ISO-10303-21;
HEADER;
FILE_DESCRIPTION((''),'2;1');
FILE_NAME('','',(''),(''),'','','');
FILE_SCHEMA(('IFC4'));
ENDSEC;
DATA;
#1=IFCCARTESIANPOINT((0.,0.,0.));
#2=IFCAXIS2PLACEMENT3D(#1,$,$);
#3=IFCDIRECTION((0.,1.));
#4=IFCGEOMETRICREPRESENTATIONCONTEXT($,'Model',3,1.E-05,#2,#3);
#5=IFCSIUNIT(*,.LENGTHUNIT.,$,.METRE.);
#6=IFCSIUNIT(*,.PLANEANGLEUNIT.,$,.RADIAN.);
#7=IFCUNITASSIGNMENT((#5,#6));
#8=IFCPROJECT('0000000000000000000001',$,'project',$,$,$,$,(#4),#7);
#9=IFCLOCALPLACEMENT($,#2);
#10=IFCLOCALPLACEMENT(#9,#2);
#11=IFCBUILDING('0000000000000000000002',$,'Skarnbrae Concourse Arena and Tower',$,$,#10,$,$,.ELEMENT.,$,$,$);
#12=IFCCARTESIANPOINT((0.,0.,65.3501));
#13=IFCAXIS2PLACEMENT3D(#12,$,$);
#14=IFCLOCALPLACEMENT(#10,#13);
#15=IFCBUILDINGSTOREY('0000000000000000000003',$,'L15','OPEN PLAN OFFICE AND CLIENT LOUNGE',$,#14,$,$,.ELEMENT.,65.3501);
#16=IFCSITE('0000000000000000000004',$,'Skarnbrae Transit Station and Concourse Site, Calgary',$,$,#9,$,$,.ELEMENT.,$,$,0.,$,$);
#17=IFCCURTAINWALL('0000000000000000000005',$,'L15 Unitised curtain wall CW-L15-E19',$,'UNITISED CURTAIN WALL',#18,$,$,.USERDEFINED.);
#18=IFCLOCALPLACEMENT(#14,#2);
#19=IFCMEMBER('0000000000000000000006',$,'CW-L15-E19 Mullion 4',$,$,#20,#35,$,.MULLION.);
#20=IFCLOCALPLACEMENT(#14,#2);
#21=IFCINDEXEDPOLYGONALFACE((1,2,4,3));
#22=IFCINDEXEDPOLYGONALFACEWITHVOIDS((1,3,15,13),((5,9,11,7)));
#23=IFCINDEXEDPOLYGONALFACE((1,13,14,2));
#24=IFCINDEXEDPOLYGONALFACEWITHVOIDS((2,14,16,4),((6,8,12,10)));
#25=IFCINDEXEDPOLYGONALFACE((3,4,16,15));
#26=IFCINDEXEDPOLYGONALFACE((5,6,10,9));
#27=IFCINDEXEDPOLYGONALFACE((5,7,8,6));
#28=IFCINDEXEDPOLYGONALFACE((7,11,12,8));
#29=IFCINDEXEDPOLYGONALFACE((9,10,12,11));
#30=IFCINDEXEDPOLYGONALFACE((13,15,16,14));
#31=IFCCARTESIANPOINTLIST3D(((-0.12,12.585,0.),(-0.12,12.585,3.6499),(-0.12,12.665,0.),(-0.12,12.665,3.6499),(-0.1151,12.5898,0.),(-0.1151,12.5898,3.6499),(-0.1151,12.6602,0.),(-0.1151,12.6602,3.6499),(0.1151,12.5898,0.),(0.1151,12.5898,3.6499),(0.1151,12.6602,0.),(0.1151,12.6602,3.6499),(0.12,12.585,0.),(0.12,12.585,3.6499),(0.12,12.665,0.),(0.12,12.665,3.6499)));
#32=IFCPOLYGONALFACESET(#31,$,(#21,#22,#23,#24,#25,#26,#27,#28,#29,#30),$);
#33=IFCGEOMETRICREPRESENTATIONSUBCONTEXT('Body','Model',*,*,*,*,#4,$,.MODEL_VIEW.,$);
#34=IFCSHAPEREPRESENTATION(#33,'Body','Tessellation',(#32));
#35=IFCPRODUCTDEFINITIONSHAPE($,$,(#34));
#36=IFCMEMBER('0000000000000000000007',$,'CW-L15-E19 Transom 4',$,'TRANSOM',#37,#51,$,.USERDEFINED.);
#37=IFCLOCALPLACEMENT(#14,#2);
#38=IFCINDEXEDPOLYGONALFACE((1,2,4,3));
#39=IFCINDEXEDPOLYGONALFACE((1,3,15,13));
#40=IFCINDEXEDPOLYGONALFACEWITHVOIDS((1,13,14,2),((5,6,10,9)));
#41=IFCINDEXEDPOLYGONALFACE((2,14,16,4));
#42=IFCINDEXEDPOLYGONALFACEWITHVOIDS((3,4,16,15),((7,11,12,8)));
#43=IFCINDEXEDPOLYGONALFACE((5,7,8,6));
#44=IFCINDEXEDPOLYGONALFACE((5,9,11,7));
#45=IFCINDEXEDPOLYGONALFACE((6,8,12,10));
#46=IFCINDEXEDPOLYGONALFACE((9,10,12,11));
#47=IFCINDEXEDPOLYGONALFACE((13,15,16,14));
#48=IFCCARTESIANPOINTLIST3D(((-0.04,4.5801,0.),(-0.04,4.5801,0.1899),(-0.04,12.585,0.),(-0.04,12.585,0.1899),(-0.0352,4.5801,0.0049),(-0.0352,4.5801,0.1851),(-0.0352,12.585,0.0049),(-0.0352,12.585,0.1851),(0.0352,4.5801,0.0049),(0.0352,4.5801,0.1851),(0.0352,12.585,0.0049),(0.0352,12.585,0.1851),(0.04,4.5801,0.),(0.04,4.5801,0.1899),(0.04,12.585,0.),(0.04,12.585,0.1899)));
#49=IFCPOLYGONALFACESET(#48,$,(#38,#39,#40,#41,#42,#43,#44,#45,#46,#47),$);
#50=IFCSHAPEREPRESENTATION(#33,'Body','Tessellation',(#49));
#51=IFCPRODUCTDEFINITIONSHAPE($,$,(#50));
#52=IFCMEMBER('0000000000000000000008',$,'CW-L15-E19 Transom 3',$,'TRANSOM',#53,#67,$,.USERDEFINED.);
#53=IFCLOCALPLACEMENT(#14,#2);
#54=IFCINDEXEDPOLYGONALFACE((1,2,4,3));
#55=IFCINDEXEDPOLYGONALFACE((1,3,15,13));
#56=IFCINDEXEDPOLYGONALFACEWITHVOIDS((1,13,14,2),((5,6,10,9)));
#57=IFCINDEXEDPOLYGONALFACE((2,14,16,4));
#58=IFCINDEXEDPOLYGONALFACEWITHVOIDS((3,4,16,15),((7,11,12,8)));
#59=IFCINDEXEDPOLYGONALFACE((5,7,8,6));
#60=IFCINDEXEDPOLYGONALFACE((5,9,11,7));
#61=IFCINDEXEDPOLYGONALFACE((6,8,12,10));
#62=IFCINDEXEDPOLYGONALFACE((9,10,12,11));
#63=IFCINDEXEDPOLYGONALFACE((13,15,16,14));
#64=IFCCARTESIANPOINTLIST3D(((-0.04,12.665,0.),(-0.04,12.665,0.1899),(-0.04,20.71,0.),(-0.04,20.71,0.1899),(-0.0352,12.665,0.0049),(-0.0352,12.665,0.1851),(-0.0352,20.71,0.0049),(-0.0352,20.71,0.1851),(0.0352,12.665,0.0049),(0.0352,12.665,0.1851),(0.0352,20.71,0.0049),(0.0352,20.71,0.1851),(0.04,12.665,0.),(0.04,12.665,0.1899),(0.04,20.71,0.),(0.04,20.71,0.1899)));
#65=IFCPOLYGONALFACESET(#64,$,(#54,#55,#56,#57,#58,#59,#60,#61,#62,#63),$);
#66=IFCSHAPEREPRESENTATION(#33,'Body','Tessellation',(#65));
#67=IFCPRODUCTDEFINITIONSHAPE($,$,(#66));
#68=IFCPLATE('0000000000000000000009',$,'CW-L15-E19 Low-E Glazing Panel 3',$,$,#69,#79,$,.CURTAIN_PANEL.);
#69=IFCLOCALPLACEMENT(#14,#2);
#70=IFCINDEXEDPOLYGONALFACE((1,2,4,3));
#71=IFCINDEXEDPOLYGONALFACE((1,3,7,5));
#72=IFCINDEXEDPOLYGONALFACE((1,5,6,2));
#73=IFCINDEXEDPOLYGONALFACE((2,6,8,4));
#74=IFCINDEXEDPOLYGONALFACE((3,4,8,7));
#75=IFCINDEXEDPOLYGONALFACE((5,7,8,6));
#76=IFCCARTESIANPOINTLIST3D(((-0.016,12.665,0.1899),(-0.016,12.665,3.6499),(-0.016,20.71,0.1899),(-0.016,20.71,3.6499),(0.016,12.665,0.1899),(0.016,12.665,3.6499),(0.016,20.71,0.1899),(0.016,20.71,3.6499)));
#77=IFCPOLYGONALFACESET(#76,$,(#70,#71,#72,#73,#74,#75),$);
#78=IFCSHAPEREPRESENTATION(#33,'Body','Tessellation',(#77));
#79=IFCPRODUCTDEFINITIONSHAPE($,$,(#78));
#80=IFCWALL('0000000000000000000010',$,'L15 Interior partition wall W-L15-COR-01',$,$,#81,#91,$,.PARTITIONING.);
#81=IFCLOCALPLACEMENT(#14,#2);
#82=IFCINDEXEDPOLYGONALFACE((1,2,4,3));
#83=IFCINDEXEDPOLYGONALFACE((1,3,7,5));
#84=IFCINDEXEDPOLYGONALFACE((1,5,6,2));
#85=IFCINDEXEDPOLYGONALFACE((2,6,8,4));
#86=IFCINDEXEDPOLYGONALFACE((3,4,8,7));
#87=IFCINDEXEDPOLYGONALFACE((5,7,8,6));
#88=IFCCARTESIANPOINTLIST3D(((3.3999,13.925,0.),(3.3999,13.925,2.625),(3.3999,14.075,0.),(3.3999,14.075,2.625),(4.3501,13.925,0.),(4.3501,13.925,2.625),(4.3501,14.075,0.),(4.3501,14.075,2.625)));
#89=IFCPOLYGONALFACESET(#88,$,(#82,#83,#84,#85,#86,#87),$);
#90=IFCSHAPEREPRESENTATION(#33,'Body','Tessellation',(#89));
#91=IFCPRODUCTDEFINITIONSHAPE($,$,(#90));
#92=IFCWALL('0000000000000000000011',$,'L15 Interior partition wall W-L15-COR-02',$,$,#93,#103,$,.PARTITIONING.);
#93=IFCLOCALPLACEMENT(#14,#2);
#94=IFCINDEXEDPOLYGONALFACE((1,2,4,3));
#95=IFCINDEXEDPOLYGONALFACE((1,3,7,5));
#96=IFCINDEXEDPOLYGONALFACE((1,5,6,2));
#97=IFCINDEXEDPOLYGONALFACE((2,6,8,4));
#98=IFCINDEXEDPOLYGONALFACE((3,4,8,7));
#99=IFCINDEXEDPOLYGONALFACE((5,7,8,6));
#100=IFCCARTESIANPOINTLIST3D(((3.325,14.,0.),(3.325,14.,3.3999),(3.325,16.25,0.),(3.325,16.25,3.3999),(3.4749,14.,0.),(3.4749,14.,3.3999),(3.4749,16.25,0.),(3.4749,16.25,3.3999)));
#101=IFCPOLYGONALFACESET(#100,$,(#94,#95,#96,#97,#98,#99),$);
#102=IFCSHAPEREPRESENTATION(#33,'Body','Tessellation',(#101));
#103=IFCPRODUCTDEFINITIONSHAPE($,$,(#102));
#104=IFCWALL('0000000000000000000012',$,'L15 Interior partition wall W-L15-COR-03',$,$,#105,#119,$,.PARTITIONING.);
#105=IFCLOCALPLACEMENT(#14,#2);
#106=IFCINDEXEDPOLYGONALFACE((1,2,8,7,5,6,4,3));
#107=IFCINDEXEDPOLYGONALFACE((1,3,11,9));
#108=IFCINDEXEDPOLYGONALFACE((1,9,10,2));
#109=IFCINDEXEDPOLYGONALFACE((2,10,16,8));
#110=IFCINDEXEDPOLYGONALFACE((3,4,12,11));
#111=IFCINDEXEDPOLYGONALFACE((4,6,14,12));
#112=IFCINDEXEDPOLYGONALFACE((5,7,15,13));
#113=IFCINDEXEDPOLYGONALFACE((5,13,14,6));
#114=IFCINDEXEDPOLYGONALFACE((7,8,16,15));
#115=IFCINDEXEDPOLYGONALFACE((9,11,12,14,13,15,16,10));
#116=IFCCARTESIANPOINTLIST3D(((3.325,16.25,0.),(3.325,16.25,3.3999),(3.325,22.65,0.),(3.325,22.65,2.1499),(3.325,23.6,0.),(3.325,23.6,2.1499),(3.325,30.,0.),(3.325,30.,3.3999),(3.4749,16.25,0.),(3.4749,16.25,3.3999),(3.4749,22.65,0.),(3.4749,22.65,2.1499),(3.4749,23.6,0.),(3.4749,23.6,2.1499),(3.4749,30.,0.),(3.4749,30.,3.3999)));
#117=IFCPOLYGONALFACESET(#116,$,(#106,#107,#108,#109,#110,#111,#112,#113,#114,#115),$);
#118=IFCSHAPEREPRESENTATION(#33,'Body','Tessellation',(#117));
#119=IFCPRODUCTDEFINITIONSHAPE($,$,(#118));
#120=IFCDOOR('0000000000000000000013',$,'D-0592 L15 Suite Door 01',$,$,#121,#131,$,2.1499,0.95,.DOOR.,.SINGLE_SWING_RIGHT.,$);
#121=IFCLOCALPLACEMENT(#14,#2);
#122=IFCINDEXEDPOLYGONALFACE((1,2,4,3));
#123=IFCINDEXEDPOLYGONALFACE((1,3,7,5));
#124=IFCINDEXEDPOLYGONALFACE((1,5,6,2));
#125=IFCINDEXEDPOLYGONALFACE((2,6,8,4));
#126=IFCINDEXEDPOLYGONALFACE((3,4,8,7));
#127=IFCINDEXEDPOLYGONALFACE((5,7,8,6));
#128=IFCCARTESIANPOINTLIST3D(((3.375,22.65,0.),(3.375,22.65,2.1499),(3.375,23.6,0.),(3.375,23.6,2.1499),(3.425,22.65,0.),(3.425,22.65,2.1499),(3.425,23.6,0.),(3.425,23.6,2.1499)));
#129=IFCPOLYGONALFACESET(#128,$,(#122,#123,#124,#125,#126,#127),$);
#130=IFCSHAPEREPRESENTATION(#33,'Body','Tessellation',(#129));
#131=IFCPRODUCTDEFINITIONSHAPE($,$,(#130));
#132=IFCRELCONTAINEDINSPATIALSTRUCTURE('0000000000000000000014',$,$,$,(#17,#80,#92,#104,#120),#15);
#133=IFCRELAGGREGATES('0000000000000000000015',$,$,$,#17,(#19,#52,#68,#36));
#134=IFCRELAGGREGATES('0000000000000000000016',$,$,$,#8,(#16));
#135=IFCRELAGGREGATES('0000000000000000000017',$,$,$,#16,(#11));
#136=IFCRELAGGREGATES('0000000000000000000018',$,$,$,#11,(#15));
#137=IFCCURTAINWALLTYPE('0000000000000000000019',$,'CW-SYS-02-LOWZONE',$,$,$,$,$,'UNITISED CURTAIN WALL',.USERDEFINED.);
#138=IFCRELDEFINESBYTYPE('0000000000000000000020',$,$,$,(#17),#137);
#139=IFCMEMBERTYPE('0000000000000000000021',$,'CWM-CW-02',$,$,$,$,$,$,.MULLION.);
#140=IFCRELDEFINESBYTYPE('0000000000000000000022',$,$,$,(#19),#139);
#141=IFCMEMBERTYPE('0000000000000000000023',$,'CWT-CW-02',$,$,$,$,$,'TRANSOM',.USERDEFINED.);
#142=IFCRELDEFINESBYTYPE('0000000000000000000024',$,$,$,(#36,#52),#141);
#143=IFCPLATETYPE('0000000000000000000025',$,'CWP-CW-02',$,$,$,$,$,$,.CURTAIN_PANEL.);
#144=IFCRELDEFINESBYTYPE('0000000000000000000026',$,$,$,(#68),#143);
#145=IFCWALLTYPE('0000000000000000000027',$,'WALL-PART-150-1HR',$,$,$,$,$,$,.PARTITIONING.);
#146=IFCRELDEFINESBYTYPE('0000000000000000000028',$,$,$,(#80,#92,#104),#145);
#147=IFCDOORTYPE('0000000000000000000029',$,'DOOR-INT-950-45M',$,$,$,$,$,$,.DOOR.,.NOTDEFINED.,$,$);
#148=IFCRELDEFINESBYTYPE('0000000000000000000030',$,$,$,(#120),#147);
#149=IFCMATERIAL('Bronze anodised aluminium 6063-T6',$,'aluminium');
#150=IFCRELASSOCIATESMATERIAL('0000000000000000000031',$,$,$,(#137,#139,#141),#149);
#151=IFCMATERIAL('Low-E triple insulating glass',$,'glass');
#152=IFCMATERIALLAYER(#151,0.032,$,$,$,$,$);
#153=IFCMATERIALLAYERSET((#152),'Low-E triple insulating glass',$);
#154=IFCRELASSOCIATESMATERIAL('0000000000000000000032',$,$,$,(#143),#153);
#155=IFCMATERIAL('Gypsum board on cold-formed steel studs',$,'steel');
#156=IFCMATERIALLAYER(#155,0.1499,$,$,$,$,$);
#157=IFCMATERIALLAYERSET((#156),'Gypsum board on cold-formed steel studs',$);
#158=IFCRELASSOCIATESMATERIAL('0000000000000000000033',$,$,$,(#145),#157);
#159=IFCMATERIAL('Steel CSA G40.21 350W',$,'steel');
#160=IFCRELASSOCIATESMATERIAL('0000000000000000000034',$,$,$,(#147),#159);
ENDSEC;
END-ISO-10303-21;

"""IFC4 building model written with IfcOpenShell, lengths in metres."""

from ifc_helpers import new_model, si_unit, direction, frame, frame_2d, origin, origin_2d, place, context, subcontext, project, spatial, rectangle, hollow_rectangle, extrude, source, transform, mapped, material, layer, layer_set, material_profile, profile_set, type_object, element, fill, aggregate, save


model = new_model("IFC4")

# Units and contexts
model_context = context("Model", 3, precision=1e-05, world=origin(), true_north=direction((0.0, 1.0)))
body_context = subcontext(model_context, "Body", "Model", "MODEL_VIEW")
ifc_project = project(units=[si_unit("LENGTHUNIT", "METRE"), si_unit("PLANEANGLEUNIT", "RADIAN")], contexts=[model_context])

# Site, building, storey
site_placement = place(None, origin())
site = spatial("IfcSite", under=ifc_project, at=site_placement, Name="Skarnbrae Transit Station and Concourse Site, Calgary", CompositionType="ELEMENT", RefElevation=0.0)
building_placement = place(site_placement, origin())
building = spatial("IfcBuilding", under=site, at=building_placement, Name="Skarnbrae Concourse Arena and Tower", CompositionType="ELEMENT")
storey_placement = place(building_placement, frame((0.0, 0.0, 65.3501)))
storey = spatial("IfcBuildingStorey", under=building, at=storey_placement, Name="L15", Description="OPEN PLAN OFFICE AND CLIENT LOUNGE", CompositionType="ELEMENT", Elevation=65.3501)

# Shared definitions
ifc_material_1 = material(Name="Steel CSA G40.21 350W", Category="steel")

# Curtain wall, members, plate
ifc_material_2 = material(Name="Bronze anodised aluminium 6063-T6", Category="aluminium")
curtain_wall_type = type_object("IfcCurtainWallType", Name="CW-SYS-02-LOWZONE", ElementType="UNITISED CURTAIN WALL", PredefinedType="USERDEFINED", material=ifc_material_2)
curtain_wall_placement = place(storey_placement, origin())
curtain_wall = element("IfcCurtainWall", 1, at=curtain_wall_placement, inside=storey, type_object=curtain_wall_type, Name="L15 Unitised curtain wall CW-L15-E19", ObjectType="UNITISED CURTAIN WALL", PredefinedType="USERDEFINED")
ifc_material_profile_1 = material_profile(ifc_material_2, hollow_rectangle(XDim=0.0801, YDim=0.24, WallThickness=0.0049, at=origin_2d()), Name="ALU-MULL-80X240")
ifc_profile_set_1 = profile_set([ifc_material_profile_1], Name="Bronze anodised aluminium 6063-T6")
member_type_1 = type_object("IfcMemberType", Name="CWM-CW-02", PredefinedType="MULLION", material=ifc_profile_set_1)
shared_shape_1 = source(origin(), body_context, "Body", "SweptSolid", [
    extrude(hollow_rectangle(XDim=0.0801, YDim=0.24, WallThickness=0.0049, at=origin_2d()), origin(), (0.0, 0.0, 1.0), 3.6499),
])
member_1_placement = place(storey_placement, frame((0.0, 12.625, 0.0), z_axis=(0.0, 0.0, 1.0), x_axis=(0.0, -1.0, 0.0)))
member_1 = element("IfcMember", 2, at=member_1_placement, type_object=member_type_1, Name="CW-L15-E19 Mullion 4", PredefinedType="MULLION", context=body_context, shape_type="MappedRepresentation", body=[
    mapped(shared_shape_1, transform((0.0, 0.0, 0.0))),
])
ifc_material_profile_2 = material_profile(ifc_material_2, hollow_rectangle(XDim=0.0801, YDim=0.1899, WallThickness=0.0049, at=origin_2d()), Name="ALU-TRAN-80X190")
ifc_profile_set_2 = profile_set([ifc_material_profile_2], Name="Bronze anodised aluminium 6063-T6")
member_type_2 = type_object("IfcMemberType", Name="CWT-CW-02", ElementType="TRANSOM", PredefinedType="USERDEFINED", material=ifc_profile_set_2)
shared_shape_2 = source(origin(), body_context, "Body", "SweptSolid", [
    extrude(hollow_rectangle(XDim=0.0801, YDim=0.1899, WallThickness=0.0049, at=origin_2d()), origin(), (0.0, 0.0, 1.0), 8.0049),
])
member_2_placement = place(storey_placement, frame((0.0, 12.585, 0.095), z_axis=(0.0, -1.0, 0.0), x_axis=(1.0, 0.0, 0.0)))
member_2 = element("IfcMember", 3, at=member_2_placement, type_object=member_type_2, Name="CW-L15-E19 Transom 4", ObjectType="TRANSOM", PredefinedType="USERDEFINED", context=body_context, shape_type="MappedRepresentation", body=[
    mapped(shared_shape_2, transform((0.0, 0.0, 0.0))),
])
shared_shape_3 = source(origin(), body_context, "Body", "SweptSolid", [
    extrude(hollow_rectangle(XDim=0.0801, YDim=0.1899, WallThickness=0.0049, at=origin_2d()), origin(), (0.0, 0.0, 1.0), 8.0449),
])
member_3_placement = place(storey_placement, frame((0.0, 20.71, 0.095), z_axis=(0.0, -1.0, 0.0), x_axis=(1.0, 0.0, 0.0)))
member_3 = element("IfcMember", 4, at=member_3_placement, type_object=member_type_2, Name="CW-L15-E19 Transom 3", ObjectType="TRANSOM", PredefinedType="USERDEFINED", context=body_context, shape_type="MappedRepresentation", body=[
    mapped(shared_shape_3, transform((0.0, 0.0, 0.0))),
])
ifc_material_3 = material(Name="Low-E triple insulating glass", Category="glass")
ifc_layer_1 = layer(ifc_material_3, 0.032)
ifc_layer_set_1 = layer_set([ifc_layer_1], Name="Low-E triple insulating glass")
plate_type = type_object("IfcPlateType", Name="CWP-CW-02", PredefinedType="CURTAIN_PANEL", material=ifc_layer_set_1)
shared_shape_4 = source(origin(), body_context, "Body", "SweptSolid", [
    extrude(rectangle(XDim=8.0449, YDim=0.032, at=origin_2d()), origin(), (0.0, 0.0, 1.0), 3.46),
])
plate_placement = place(storey_placement, frame((0.0, 16.6875, 0.1899), z_axis=(0.0, 0.0, 1.0), x_axis=(0.0, -1.0, 0.0)))
plate = element("IfcPlate", 5, at=plate_placement, type_object=plate_type, Name="CW-L15-E19 Low-E Glazing Panel 3", PredefinedType="CURTAIN_PANEL", context=body_context, shape_type="MappedRepresentation", body=[
    mapped(shared_shape_4, transform((0.0, 0.0, 0.0))),
])
aggregate(curtain_wall, [member_1, member_3, plate, member_2])

# Walls
ifc_material_4 = material(Name="Gypsum board on cold-formed steel studs", Category="steel")
ifc_layer_2 = layer(ifc_material_4, 0.1499)
ifc_layer_set_2 = layer_set([ifc_layer_2], Name="Gypsum board on cold-formed steel studs")
wall_type_1 = type_object("IfcWallType", Name="WALL-PART-150-1HR", PredefinedType="PARTITIONING", material=ifc_layer_set_2)
shared_shape_5 = source(origin(), body_context, "Body", "SweptSolid", [
    extrude(rectangle(XDim=0.9502, YDim=0.1499, at=frame_2d((0.4751, 0.0))), origin(), (0.0, 0.0, 1.0), 2.625),
])
wall_1_placement = place(storey_placement, frame((4.3501, 14.0, 0.0), z_axis=(0.0, 0.0, 1.0), x_axis=(-1.0, 0.0, 0.0)))
element("IfcWall", 6, at=wall_1_placement, inside=storey, type_object=wall_type_1, Name="L15 Interior partition wall W-L15-COR-01", PredefinedType="PARTITIONING", context=body_context, shape_type="MappedRepresentation", body=[
    mapped(shared_shape_5, transform((0.0, 0.0, 0.0))),
])
shared_shape_6 = source(origin(), body_context, "Body", "SweptSolid", [
    extrude(rectangle(XDim=2.25, YDim=0.1499, at=frame_2d((1.125, 0.0))), origin(), (0.0, 0.0, 1.0), 3.3999),
])
wall_2_placement = place(storey_placement, frame((3.3999, 14.0, 0.0), z_axis=(0.0, 0.0, 1.0), x_axis=(0.0, 1.0, 0.0)))
element("IfcWall", 7, at=wall_2_placement, inside=storey, type_object=wall_type_1, Name="L15 Interior partition wall W-L15-COR-02", PredefinedType="PARTITIONING", context=body_context, shape_type="MappedRepresentation", body=[
    mapped(shared_shape_6, transform((0.0, 0.0, 0.0))),
])

# Wall, opening, door
shared_shape_7 = source(origin(), body_context, "Body", "SweptSolid", [
    extrude(rectangle(XDim=13.75, YDim=0.1499, at=frame_2d((6.875, 0.0))), origin(), (0.0, 0.0, 1.0), 3.3999),
])
wall_3_placement = place(storey_placement, frame((3.3999, 16.25, 0.0), z_axis=(0.0, 0.0, 1.0), x_axis=(0.0, 1.0, 0.0)))
wall_3 = element("IfcWall", 8, at=wall_3_placement, inside=storey, type_object=wall_type_1, Name="L15 Interior partition wall W-L15-COR-03", PredefinedType="PARTITIONING", context=body_context, shape_type="MappedRepresentation", body=[
    mapped(shared_shape_7, transform((0.0, 0.0, 0.0))),
])
opening_1_placement = place(wall_3_placement, frame((6.3999, 0.0, 0.0)))
opening_1 = element("IfcOpeningElement", 9, at=opening_1_placement, cuts=wall_3, PredefinedType="OPENING", context=body_context, shape_type="SweptSolid", body=[
    extrude(rectangle(XDim=0.95, YDim=2.1499, at=frame_2d((0.4751, 1.075))), frame((0.0, 0.085, 0.0), z_axis=(0.0, -1.0, 0.0), x_axis=(1.0, 0.0, 0.0)), (0.0, 0.0, 1.0), 0.1699),
])
door_type_1 = type_object("IfcDoorType", Name="DOOR-INT-950-45M", OperationType="NOTDEFINED", PredefinedType="DOOR", material=ifc_material_1)
shared_shape_8 = source(origin(), body_context, "Body", "SweptSolid", [
    extrude(rectangle(XDim=0.95, YDim=2.1499, at=frame_2d((0.4751, 1.075))), frame((0.0, 0.0249, 0.0), z_axis=(0.0, -1.0, 0.0), x_axis=(1.0, 0.0, 0.0)), (0.0, 0.0, 1.0), 0.05),
])
door_1_placement = place(opening_1_placement, origin())
door_1 = element("IfcDoor", 10, at=door_1_placement, inside=storey, type_object=door_type_1, Name="D-0592 L15 Suite Door 01", OperationType="SINGLE_SWING_RIGHT", OverallHeight=2.1499, OverallWidth=0.95, PredefinedType="DOOR", context=body_context, shape_type="MappedRepresentation", body=[
    mapped(shared_shape_8, transform((0.0, 0.0, 0.0))),
])
fill(opening_1, door_1)

save(model, "model.ifc")
